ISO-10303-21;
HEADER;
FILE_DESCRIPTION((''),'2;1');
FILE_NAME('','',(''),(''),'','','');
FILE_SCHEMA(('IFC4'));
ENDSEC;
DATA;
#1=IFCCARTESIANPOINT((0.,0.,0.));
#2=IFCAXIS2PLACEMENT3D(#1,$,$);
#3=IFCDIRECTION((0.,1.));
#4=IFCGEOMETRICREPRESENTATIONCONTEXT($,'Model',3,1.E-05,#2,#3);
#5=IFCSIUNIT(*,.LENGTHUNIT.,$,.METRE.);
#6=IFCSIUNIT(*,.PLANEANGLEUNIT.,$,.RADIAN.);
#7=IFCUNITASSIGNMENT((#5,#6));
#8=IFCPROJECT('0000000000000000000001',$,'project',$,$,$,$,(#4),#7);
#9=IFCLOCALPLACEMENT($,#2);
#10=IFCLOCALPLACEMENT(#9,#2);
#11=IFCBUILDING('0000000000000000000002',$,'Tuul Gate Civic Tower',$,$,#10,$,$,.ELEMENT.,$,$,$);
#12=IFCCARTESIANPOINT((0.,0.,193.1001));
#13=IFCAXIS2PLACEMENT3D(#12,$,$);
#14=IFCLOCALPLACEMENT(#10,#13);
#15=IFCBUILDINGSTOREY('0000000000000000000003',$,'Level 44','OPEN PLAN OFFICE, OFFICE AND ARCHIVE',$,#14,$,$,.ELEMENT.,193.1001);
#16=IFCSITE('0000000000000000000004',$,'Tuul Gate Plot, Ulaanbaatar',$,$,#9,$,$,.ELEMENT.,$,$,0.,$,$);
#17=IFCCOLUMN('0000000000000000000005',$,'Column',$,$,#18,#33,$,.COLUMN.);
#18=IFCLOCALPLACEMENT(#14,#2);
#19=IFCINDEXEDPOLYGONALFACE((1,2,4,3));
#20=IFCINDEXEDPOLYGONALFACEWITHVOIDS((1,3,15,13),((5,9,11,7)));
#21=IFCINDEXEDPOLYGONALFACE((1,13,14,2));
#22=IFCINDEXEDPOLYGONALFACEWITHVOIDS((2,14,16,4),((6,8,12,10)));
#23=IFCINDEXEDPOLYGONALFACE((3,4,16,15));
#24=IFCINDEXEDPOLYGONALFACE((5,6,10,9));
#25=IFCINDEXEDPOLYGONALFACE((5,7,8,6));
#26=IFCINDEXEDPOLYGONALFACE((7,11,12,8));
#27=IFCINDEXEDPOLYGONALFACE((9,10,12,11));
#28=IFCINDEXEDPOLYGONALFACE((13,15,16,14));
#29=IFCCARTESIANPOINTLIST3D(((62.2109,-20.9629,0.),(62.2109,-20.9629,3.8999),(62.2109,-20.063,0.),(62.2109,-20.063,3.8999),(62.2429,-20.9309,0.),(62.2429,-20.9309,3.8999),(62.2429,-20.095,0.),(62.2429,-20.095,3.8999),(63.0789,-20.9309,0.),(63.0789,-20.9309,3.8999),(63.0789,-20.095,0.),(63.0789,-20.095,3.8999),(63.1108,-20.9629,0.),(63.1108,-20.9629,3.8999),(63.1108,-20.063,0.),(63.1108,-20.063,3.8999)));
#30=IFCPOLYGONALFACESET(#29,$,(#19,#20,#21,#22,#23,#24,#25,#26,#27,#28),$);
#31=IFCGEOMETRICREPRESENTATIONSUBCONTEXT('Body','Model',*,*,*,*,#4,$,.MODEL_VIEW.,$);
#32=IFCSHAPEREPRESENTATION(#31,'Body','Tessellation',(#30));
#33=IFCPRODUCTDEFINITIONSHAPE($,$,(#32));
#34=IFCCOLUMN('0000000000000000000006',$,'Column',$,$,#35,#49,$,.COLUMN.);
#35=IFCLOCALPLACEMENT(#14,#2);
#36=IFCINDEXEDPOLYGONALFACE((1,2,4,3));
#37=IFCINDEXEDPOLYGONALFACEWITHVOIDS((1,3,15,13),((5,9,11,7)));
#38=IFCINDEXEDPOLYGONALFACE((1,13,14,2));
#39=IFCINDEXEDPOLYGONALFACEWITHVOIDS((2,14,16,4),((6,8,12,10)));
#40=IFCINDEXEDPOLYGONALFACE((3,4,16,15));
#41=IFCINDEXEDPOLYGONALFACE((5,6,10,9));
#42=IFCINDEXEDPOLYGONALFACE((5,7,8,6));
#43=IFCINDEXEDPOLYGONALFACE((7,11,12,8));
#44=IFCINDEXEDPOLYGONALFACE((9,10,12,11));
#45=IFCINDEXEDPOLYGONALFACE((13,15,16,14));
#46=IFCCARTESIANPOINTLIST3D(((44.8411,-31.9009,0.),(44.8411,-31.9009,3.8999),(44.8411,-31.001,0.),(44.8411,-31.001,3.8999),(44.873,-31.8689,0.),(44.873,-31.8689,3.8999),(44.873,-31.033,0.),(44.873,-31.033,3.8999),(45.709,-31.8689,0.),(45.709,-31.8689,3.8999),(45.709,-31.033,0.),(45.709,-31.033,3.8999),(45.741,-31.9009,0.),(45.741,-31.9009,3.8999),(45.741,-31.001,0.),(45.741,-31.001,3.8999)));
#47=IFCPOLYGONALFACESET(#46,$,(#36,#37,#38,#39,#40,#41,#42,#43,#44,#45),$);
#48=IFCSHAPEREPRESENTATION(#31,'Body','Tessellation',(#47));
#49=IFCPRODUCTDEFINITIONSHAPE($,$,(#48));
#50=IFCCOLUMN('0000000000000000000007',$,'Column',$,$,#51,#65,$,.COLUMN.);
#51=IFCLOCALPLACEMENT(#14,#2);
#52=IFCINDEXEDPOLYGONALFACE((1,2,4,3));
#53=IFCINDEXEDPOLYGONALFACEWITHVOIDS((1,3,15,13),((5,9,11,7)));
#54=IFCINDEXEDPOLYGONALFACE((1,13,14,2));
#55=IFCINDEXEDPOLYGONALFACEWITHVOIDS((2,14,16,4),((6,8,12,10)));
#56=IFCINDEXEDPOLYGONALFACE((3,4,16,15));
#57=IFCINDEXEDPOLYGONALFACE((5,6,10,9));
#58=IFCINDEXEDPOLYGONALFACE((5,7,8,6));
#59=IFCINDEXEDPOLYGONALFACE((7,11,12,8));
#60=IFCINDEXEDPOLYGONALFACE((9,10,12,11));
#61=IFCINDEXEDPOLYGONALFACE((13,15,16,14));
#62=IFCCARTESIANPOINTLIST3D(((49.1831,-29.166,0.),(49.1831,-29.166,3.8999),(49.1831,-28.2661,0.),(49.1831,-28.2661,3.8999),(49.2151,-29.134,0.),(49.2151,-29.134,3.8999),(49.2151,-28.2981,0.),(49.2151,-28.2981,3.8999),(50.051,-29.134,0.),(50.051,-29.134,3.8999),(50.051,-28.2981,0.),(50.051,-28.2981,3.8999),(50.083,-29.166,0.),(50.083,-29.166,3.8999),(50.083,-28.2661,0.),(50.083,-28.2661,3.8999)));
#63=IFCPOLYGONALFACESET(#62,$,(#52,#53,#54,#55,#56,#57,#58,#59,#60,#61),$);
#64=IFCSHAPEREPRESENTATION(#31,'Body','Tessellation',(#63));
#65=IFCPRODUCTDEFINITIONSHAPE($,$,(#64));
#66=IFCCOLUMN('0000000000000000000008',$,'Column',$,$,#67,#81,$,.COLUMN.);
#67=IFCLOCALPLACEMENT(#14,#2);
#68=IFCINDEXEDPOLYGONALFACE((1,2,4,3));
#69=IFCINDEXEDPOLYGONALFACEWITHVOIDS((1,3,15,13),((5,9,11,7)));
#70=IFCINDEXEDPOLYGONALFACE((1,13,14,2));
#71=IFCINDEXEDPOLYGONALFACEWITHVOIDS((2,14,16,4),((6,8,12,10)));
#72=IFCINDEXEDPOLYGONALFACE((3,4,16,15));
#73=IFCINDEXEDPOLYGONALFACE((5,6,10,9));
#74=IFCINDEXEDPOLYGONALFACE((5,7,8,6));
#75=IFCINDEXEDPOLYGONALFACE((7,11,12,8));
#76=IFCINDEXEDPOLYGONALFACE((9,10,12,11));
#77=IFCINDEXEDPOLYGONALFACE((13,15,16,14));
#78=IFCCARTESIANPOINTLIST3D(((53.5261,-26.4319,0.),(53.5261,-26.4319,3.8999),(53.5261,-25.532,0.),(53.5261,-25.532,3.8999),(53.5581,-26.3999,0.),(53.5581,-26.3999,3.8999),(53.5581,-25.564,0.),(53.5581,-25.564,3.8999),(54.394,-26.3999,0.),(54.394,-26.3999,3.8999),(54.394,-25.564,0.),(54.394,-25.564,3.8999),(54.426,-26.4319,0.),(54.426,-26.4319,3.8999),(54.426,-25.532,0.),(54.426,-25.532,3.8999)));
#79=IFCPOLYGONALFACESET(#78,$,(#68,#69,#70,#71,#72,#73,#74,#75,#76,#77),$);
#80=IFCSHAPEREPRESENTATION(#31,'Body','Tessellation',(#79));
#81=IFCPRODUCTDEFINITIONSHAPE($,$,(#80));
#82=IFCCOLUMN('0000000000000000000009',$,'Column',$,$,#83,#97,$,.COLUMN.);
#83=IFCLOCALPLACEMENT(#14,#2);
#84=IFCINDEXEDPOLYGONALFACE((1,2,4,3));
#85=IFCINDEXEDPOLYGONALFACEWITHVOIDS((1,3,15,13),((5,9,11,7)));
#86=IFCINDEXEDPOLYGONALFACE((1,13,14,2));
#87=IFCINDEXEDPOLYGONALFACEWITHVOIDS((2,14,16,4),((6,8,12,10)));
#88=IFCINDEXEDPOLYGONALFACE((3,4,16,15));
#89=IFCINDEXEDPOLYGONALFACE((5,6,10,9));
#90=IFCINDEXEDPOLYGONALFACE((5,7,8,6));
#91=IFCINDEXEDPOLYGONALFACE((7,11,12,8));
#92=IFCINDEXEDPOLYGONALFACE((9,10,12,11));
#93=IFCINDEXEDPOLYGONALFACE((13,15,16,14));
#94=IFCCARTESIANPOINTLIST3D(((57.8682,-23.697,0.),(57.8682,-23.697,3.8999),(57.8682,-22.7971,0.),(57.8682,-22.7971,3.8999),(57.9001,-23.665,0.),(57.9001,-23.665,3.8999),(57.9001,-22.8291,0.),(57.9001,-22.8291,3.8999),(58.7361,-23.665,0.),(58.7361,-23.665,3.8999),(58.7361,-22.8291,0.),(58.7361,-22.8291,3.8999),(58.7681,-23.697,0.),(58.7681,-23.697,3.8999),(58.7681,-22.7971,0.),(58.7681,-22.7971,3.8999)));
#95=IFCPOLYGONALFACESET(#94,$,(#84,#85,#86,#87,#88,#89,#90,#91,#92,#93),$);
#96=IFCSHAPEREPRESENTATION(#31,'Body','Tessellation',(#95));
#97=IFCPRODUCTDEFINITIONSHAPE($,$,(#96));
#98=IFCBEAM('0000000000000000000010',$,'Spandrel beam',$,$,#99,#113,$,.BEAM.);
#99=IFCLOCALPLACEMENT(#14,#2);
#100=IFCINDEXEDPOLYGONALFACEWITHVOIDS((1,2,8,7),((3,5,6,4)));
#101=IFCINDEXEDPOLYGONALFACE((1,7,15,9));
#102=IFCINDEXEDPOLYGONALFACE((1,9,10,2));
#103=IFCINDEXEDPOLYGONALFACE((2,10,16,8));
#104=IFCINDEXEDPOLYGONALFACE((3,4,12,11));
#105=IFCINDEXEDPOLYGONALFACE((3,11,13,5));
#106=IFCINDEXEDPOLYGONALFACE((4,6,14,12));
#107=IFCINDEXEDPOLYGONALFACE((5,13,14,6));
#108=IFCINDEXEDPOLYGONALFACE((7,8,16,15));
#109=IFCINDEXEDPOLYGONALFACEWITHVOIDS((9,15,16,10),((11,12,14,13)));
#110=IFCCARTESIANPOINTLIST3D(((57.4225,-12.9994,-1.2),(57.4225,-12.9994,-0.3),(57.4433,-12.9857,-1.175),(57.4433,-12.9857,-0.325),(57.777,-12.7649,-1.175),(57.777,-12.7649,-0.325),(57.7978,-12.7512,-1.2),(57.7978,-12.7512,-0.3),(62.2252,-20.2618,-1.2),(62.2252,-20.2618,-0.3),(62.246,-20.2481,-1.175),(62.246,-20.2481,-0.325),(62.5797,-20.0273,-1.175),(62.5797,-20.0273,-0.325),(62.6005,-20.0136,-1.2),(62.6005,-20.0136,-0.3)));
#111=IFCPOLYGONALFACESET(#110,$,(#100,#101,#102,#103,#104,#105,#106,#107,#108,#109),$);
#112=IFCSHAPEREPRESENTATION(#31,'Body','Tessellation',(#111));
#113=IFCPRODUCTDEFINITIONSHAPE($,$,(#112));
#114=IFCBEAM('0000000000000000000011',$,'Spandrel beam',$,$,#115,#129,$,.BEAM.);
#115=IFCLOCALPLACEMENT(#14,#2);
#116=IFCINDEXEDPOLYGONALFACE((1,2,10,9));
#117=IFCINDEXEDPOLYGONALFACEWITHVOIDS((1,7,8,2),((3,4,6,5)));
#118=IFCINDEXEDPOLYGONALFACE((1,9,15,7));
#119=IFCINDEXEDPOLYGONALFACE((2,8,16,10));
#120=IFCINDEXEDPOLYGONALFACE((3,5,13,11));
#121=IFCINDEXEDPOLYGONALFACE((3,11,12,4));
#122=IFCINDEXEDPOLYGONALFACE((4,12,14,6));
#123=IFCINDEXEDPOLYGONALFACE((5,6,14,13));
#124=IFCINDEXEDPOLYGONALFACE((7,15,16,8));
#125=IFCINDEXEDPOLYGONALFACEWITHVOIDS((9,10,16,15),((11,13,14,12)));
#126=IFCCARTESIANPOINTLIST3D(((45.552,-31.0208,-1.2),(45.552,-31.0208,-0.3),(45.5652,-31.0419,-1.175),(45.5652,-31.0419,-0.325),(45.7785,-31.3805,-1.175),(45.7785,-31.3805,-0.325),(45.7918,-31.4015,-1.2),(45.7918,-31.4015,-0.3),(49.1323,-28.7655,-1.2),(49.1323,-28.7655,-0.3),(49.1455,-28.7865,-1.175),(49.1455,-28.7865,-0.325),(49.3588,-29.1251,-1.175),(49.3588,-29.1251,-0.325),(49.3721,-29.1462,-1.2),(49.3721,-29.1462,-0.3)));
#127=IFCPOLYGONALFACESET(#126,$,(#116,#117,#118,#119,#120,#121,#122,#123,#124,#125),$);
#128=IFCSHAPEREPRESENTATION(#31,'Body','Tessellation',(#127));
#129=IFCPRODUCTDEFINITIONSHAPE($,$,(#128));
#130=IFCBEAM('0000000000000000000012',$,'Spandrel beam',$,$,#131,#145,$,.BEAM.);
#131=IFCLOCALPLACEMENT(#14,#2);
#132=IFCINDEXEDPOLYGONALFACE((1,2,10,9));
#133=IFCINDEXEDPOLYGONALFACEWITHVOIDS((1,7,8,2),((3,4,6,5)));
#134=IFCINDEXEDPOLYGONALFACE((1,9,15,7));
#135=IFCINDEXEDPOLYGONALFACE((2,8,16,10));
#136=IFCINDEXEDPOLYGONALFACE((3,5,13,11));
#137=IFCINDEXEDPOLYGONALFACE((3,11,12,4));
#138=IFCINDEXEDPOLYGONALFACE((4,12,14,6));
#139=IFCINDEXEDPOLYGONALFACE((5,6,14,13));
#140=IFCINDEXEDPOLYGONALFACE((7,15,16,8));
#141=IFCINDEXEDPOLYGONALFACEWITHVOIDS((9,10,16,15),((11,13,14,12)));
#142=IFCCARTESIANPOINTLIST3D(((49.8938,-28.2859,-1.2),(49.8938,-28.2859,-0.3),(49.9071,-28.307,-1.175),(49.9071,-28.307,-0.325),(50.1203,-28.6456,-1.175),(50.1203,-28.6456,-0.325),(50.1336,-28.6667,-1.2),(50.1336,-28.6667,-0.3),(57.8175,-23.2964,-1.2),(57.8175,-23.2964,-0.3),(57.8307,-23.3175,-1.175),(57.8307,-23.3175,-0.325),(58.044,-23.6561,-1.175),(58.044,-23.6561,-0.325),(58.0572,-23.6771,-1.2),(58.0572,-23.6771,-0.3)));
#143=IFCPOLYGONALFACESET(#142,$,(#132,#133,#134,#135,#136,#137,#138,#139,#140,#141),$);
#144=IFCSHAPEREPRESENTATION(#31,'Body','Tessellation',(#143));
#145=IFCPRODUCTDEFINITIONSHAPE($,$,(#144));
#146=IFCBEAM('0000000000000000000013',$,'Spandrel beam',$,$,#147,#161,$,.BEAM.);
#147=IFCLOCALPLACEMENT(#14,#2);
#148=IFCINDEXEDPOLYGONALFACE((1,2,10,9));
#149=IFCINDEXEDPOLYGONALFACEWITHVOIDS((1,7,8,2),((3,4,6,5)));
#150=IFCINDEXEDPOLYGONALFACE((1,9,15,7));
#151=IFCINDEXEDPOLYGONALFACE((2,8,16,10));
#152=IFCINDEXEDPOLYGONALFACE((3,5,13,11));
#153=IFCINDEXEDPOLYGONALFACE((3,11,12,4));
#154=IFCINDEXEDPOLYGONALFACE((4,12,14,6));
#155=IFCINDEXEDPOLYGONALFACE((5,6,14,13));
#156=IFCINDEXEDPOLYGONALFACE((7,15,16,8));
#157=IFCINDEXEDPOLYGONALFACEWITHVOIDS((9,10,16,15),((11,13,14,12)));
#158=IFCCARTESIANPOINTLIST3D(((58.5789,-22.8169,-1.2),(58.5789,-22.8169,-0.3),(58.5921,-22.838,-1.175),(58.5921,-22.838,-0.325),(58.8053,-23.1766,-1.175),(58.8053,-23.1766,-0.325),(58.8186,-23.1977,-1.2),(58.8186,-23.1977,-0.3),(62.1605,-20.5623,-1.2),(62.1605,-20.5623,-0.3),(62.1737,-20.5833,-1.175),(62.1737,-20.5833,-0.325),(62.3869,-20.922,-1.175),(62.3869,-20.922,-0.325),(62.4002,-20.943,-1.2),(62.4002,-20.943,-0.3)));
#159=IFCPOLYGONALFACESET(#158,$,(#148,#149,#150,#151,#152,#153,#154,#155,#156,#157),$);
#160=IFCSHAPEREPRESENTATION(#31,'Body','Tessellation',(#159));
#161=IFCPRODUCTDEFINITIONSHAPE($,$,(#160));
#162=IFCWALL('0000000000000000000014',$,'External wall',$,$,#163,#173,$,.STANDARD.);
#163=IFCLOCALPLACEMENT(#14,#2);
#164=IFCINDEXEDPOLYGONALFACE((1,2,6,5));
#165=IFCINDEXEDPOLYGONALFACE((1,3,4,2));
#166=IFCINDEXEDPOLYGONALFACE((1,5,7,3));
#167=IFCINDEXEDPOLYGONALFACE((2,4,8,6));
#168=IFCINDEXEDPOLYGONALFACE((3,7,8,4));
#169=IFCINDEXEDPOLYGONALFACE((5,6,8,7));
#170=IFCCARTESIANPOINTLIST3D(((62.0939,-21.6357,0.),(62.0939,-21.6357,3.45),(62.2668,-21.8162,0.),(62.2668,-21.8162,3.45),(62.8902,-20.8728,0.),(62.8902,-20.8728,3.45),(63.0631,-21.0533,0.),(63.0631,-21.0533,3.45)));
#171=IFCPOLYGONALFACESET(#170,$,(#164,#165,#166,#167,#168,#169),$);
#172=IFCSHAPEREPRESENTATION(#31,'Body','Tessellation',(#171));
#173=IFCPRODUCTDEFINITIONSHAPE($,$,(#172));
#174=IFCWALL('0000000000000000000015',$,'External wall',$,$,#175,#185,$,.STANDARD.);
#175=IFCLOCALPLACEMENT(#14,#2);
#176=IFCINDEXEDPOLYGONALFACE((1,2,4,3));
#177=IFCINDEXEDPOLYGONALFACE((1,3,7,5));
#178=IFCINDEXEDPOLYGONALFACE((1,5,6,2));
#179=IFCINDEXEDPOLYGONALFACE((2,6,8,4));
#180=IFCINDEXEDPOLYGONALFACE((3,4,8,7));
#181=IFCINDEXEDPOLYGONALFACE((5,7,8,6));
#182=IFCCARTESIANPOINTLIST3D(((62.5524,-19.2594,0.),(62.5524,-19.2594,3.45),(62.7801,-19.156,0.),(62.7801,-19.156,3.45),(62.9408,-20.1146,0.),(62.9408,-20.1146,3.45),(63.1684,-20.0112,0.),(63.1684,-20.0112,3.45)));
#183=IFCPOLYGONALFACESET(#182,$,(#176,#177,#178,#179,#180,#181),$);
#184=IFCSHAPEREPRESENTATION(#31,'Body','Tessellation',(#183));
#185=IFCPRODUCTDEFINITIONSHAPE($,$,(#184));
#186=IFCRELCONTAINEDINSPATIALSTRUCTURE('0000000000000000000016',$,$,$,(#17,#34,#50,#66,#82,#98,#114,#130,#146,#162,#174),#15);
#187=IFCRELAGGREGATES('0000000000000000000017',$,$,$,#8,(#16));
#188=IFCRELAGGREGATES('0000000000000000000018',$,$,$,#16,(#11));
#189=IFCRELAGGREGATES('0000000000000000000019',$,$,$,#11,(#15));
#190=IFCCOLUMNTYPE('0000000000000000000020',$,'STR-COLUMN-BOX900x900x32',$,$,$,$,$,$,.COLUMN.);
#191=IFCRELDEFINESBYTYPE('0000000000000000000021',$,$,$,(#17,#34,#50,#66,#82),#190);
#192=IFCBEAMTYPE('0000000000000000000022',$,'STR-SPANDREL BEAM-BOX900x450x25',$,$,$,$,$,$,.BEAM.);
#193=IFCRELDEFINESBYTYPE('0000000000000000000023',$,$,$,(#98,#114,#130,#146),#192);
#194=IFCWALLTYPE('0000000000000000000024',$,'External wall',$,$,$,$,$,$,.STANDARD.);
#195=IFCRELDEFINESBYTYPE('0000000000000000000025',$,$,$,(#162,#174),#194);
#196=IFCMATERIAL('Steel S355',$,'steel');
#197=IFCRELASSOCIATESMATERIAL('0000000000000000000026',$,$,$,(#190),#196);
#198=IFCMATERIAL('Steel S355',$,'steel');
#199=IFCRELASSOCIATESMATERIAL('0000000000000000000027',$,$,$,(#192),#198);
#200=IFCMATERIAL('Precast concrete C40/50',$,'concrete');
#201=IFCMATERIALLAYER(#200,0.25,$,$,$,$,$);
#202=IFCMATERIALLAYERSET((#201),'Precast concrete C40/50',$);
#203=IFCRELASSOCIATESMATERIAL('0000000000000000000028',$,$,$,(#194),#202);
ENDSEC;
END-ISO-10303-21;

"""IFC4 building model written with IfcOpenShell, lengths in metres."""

from ifc_helpers import new_model, si_unit, direction, frame, frame_2d, origin, origin_2d, place, context, subcontext, project, spatial, rectangle, hollow_rectangle, extrude, material, layer, layer_set, material_profile, profile_set, type_object, element, save


model = new_model("IFC4")

# Units and contexts
model_context = context("Model", 3, precision=1e-05, world=origin(), true_north=direction((0.0, 1.0)))
body_context = subcontext(model_context, "Body", "Model", "MODEL_VIEW")
ifc_project = project(units=[si_unit("LENGTHUNIT", "METRE"), si_unit("PLANEANGLEUNIT", "RADIAN")], contexts=[model_context])

# Site, building, storey
site_placement = place(None, origin())
site = spatial("IfcSite", under=ifc_project, at=site_placement, Name="Tuul Gate Plot, Ulaanbaatar", CompositionType="ELEMENT", RefElevation=0.0)
building_placement = place(site_placement, origin())
building = spatial("IfcBuilding", under=site, at=building_placement, Name="Tuul Gate Civic Tower", CompositionType="ELEMENT")
storey_placement = place(building_placement, frame((0.0, 0.0, 193.1001)))
storey = spatial("IfcBuildingStorey", under=building, at=storey_placement, Name="Level 44", Description="OPEN PLAN OFFICE, OFFICE AND ARCHIVE", CompositionType="ELEMENT", Elevation=193.1001)

# Columns
ifc_material_1 = material(Name="Steel S355", Category="steel")
ifc_material_profile_1 = material_profile(ifc_material_1, hollow_rectangle(XDim=0.8999, YDim=0.8999, WallThickness=0.032, at=origin_2d()), Name="BOX900x900x32")
ifc_profile_set_1 = profile_set([ifc_material_profile_1], Name="Steel S355")
column_type = type_object("IfcColumnType", Name="STR-COLUMN-BOX900x900x32", PredefinedType="COLUMN", material=ifc_profile_set_1)
for number, where, z_axis, x_axis, name in (
    (1, (62.6609, -20.5129, 0.0), (0.0, 0.0, 1.0), (1.0, 0.0, 0.0), "Column"),
    (2, (45.291, -31.4509, 0.0), (0.0, 0.0, 1.0), (1.0, 0.0, 0.0), "Column"),
    (3, (49.6331, -28.7161, 0.0), (0.0, 0.0, 1.0), (1.0, 0.0, 0.0), "Column"),
    (4, (53.9761, -25.9819, 0.0), (0.0, 0.0, 1.0), (1.0, 0.0, 0.0), "Column"),
    (5, (58.3181, -23.2471, 0.0), (0.0, 0.0, 1.0), (1.0, 0.0, 0.0), "Column"),
):
    element("IfcColumn", number, at=place(storey_placement, frame(where, z_axis=z_axis, x_axis=x_axis)), inside=storey, type_object=column_type, Name=name, PredefinedType="COLUMN", context=body_context, shape_type="SweptSolid", body=[
        extrude(hollow_rectangle(XDim=0.8999, YDim=0.8999, WallThickness=0.032, at=origin_2d()), origin(), (0.0, 0.0, 1.0), 3.8999),
    ])

# Beams
ifc_material_2 = material(Name="Steel S355", Category="steel")
ifc_material_profile_2 = material_profile(ifc_material_2, hollow_rectangle(XDim=0.45, YDim=0.8999, WallThickness=0.0249, at=origin_2d()), Name="BOX900x450x25")
ifc_profile_set_2 = profile_set([ifc_material_profile_2], Name="Steel S355")
beam_type = type_object("IfcBeamType", Name="STR-SPANDREL BEAM-BOX900x450x25", PredefinedType="BEAM", material=ifc_profile_set_2)
beam_1_placement = place(storey_placement, frame((62.4128, -20.1377, -0.75), z_axis=(-0.551603, 0.834107, 0.0), x_axis=(-0.834107, -0.551603, 0.0)))
element("IfcBeam", 6, at=beam_1_placement, inside=storey, type_object=beam_type, Name="Spandrel beam", PredefinedType="BEAM", context=body_context, shape_type="SweptSolid", body=[
    extrude(hollow_rectangle(XDim=0.45, YDim=0.8999, WallThickness=0.0249, at=origin_2d()), origin(), (0.0, 0.0, 1.0), 8.7068),
])
beam_2_placement = place(storey_placement, frame((45.6719, -31.2112, -0.75), z_axis=(0.846116, 0.532998, 0.0), x_axis=(-0.532998, 0.846116, 0.0)))
element("IfcBeam", 7, at=beam_2_placement, inside=storey, type_object=beam_type, Name="Spandrel beam", PredefinedType="BEAM", context=body_context, shape_type="SweptSolid", body=[
    extrude(hollow_rectangle(XDim=0.45, YDim=0.8999, WallThickness=0.0249, at=origin_2d()), origin(), (0.0, 0.0, 1.0), 4.2314),
])
beam_3_placement = place(storey_placement, frame((50.0137, -28.4763, -0.75), z_axis=(0.846205, 0.532858, 0.0), x_axis=(-0.532858, 0.846205, 0.0)))
element("IfcBeam", 8, at=beam_3_placement, inside=storey, type_object=beam_type, Name="Spandrel beam", PredefinedType="BEAM", context=body_context, shape_type="SweptSolid", body=[
    extrude(hollow_rectangle(XDim=0.45, YDim=0.8999, WallThickness=0.0249, at=origin_2d()), origin(), (0.0, 0.0, 1.0), 9.3638),
])
beam_4_placement = place(storey_placement, frame((58.6987, -23.0073, -0.75), z_axis=(0.846276, 0.532744, 0.0), x_axis=(-0.532744, 0.846276, 0.0)))
element("IfcBeam", 9, at=beam_4_placement, inside=storey, type_object=beam_type, Name="Spandrel beam", PredefinedType="BEAM", context=body_context, shape_type="SweptSolid", body=[
    extrude(hollow_rectangle(XDim=0.45, YDim=0.8999, WallThickness=0.0249, at=origin_2d()), origin(), (0.0, 0.0, 1.0), 4.2322),
])

# Walls
ifc_material_3 = material(Name="Precast concrete C40/50", Category="concrete")
ifc_layer = layer(ifc_material_3, 0.25)
ifc_layer_set = layer_set([ifc_layer], Name="Precast concrete C40/50")
wall_type = type_object("IfcWallType", Name="External wall", PredefinedType="STANDARD", material=ifc_layer_set)
wall_1_placement = place(storey_placement, frame((62.1804, -21.7258, 0.0), z_axis=(0.0, 0.0, 1.0), x_axis=(0.722108, 0.69178, 0.0)))
element("IfcWall", 10, at=wall_1_placement, inside=storey, type_object=wall_type, Name="External wall", PredefinedType="STANDARD", context=body_context, shape_type="SweptSolid", body=[
    extrude(rectangle(XDim=1.1028, YDim=0.25, at=frame_2d((0.5513, 0.0))), origin(), (0.0, 0.0, 1.0), 3.45),
])
wall_2_placement = place(storey_placement, frame((63.0547, -20.063, 0.0), z_axis=(0.0, 0.0, 1.0), x_axis=(-0.413529, 0.910491, 0.0)))
element("IfcWall", 11, at=wall_2_placement, inside=storey, type_object=wall_type, Name="External wall", PredefinedType="STANDARD", context=body_context, shape_type="SweptSolid", body=[
    extrude(rectangle(XDim=0.9392, YDim=0.25, at=frame_2d((0.4697, 0.0))), origin(), (0.0, 0.0, 1.0), 3.45),
])

save(model, "model.ifc")
